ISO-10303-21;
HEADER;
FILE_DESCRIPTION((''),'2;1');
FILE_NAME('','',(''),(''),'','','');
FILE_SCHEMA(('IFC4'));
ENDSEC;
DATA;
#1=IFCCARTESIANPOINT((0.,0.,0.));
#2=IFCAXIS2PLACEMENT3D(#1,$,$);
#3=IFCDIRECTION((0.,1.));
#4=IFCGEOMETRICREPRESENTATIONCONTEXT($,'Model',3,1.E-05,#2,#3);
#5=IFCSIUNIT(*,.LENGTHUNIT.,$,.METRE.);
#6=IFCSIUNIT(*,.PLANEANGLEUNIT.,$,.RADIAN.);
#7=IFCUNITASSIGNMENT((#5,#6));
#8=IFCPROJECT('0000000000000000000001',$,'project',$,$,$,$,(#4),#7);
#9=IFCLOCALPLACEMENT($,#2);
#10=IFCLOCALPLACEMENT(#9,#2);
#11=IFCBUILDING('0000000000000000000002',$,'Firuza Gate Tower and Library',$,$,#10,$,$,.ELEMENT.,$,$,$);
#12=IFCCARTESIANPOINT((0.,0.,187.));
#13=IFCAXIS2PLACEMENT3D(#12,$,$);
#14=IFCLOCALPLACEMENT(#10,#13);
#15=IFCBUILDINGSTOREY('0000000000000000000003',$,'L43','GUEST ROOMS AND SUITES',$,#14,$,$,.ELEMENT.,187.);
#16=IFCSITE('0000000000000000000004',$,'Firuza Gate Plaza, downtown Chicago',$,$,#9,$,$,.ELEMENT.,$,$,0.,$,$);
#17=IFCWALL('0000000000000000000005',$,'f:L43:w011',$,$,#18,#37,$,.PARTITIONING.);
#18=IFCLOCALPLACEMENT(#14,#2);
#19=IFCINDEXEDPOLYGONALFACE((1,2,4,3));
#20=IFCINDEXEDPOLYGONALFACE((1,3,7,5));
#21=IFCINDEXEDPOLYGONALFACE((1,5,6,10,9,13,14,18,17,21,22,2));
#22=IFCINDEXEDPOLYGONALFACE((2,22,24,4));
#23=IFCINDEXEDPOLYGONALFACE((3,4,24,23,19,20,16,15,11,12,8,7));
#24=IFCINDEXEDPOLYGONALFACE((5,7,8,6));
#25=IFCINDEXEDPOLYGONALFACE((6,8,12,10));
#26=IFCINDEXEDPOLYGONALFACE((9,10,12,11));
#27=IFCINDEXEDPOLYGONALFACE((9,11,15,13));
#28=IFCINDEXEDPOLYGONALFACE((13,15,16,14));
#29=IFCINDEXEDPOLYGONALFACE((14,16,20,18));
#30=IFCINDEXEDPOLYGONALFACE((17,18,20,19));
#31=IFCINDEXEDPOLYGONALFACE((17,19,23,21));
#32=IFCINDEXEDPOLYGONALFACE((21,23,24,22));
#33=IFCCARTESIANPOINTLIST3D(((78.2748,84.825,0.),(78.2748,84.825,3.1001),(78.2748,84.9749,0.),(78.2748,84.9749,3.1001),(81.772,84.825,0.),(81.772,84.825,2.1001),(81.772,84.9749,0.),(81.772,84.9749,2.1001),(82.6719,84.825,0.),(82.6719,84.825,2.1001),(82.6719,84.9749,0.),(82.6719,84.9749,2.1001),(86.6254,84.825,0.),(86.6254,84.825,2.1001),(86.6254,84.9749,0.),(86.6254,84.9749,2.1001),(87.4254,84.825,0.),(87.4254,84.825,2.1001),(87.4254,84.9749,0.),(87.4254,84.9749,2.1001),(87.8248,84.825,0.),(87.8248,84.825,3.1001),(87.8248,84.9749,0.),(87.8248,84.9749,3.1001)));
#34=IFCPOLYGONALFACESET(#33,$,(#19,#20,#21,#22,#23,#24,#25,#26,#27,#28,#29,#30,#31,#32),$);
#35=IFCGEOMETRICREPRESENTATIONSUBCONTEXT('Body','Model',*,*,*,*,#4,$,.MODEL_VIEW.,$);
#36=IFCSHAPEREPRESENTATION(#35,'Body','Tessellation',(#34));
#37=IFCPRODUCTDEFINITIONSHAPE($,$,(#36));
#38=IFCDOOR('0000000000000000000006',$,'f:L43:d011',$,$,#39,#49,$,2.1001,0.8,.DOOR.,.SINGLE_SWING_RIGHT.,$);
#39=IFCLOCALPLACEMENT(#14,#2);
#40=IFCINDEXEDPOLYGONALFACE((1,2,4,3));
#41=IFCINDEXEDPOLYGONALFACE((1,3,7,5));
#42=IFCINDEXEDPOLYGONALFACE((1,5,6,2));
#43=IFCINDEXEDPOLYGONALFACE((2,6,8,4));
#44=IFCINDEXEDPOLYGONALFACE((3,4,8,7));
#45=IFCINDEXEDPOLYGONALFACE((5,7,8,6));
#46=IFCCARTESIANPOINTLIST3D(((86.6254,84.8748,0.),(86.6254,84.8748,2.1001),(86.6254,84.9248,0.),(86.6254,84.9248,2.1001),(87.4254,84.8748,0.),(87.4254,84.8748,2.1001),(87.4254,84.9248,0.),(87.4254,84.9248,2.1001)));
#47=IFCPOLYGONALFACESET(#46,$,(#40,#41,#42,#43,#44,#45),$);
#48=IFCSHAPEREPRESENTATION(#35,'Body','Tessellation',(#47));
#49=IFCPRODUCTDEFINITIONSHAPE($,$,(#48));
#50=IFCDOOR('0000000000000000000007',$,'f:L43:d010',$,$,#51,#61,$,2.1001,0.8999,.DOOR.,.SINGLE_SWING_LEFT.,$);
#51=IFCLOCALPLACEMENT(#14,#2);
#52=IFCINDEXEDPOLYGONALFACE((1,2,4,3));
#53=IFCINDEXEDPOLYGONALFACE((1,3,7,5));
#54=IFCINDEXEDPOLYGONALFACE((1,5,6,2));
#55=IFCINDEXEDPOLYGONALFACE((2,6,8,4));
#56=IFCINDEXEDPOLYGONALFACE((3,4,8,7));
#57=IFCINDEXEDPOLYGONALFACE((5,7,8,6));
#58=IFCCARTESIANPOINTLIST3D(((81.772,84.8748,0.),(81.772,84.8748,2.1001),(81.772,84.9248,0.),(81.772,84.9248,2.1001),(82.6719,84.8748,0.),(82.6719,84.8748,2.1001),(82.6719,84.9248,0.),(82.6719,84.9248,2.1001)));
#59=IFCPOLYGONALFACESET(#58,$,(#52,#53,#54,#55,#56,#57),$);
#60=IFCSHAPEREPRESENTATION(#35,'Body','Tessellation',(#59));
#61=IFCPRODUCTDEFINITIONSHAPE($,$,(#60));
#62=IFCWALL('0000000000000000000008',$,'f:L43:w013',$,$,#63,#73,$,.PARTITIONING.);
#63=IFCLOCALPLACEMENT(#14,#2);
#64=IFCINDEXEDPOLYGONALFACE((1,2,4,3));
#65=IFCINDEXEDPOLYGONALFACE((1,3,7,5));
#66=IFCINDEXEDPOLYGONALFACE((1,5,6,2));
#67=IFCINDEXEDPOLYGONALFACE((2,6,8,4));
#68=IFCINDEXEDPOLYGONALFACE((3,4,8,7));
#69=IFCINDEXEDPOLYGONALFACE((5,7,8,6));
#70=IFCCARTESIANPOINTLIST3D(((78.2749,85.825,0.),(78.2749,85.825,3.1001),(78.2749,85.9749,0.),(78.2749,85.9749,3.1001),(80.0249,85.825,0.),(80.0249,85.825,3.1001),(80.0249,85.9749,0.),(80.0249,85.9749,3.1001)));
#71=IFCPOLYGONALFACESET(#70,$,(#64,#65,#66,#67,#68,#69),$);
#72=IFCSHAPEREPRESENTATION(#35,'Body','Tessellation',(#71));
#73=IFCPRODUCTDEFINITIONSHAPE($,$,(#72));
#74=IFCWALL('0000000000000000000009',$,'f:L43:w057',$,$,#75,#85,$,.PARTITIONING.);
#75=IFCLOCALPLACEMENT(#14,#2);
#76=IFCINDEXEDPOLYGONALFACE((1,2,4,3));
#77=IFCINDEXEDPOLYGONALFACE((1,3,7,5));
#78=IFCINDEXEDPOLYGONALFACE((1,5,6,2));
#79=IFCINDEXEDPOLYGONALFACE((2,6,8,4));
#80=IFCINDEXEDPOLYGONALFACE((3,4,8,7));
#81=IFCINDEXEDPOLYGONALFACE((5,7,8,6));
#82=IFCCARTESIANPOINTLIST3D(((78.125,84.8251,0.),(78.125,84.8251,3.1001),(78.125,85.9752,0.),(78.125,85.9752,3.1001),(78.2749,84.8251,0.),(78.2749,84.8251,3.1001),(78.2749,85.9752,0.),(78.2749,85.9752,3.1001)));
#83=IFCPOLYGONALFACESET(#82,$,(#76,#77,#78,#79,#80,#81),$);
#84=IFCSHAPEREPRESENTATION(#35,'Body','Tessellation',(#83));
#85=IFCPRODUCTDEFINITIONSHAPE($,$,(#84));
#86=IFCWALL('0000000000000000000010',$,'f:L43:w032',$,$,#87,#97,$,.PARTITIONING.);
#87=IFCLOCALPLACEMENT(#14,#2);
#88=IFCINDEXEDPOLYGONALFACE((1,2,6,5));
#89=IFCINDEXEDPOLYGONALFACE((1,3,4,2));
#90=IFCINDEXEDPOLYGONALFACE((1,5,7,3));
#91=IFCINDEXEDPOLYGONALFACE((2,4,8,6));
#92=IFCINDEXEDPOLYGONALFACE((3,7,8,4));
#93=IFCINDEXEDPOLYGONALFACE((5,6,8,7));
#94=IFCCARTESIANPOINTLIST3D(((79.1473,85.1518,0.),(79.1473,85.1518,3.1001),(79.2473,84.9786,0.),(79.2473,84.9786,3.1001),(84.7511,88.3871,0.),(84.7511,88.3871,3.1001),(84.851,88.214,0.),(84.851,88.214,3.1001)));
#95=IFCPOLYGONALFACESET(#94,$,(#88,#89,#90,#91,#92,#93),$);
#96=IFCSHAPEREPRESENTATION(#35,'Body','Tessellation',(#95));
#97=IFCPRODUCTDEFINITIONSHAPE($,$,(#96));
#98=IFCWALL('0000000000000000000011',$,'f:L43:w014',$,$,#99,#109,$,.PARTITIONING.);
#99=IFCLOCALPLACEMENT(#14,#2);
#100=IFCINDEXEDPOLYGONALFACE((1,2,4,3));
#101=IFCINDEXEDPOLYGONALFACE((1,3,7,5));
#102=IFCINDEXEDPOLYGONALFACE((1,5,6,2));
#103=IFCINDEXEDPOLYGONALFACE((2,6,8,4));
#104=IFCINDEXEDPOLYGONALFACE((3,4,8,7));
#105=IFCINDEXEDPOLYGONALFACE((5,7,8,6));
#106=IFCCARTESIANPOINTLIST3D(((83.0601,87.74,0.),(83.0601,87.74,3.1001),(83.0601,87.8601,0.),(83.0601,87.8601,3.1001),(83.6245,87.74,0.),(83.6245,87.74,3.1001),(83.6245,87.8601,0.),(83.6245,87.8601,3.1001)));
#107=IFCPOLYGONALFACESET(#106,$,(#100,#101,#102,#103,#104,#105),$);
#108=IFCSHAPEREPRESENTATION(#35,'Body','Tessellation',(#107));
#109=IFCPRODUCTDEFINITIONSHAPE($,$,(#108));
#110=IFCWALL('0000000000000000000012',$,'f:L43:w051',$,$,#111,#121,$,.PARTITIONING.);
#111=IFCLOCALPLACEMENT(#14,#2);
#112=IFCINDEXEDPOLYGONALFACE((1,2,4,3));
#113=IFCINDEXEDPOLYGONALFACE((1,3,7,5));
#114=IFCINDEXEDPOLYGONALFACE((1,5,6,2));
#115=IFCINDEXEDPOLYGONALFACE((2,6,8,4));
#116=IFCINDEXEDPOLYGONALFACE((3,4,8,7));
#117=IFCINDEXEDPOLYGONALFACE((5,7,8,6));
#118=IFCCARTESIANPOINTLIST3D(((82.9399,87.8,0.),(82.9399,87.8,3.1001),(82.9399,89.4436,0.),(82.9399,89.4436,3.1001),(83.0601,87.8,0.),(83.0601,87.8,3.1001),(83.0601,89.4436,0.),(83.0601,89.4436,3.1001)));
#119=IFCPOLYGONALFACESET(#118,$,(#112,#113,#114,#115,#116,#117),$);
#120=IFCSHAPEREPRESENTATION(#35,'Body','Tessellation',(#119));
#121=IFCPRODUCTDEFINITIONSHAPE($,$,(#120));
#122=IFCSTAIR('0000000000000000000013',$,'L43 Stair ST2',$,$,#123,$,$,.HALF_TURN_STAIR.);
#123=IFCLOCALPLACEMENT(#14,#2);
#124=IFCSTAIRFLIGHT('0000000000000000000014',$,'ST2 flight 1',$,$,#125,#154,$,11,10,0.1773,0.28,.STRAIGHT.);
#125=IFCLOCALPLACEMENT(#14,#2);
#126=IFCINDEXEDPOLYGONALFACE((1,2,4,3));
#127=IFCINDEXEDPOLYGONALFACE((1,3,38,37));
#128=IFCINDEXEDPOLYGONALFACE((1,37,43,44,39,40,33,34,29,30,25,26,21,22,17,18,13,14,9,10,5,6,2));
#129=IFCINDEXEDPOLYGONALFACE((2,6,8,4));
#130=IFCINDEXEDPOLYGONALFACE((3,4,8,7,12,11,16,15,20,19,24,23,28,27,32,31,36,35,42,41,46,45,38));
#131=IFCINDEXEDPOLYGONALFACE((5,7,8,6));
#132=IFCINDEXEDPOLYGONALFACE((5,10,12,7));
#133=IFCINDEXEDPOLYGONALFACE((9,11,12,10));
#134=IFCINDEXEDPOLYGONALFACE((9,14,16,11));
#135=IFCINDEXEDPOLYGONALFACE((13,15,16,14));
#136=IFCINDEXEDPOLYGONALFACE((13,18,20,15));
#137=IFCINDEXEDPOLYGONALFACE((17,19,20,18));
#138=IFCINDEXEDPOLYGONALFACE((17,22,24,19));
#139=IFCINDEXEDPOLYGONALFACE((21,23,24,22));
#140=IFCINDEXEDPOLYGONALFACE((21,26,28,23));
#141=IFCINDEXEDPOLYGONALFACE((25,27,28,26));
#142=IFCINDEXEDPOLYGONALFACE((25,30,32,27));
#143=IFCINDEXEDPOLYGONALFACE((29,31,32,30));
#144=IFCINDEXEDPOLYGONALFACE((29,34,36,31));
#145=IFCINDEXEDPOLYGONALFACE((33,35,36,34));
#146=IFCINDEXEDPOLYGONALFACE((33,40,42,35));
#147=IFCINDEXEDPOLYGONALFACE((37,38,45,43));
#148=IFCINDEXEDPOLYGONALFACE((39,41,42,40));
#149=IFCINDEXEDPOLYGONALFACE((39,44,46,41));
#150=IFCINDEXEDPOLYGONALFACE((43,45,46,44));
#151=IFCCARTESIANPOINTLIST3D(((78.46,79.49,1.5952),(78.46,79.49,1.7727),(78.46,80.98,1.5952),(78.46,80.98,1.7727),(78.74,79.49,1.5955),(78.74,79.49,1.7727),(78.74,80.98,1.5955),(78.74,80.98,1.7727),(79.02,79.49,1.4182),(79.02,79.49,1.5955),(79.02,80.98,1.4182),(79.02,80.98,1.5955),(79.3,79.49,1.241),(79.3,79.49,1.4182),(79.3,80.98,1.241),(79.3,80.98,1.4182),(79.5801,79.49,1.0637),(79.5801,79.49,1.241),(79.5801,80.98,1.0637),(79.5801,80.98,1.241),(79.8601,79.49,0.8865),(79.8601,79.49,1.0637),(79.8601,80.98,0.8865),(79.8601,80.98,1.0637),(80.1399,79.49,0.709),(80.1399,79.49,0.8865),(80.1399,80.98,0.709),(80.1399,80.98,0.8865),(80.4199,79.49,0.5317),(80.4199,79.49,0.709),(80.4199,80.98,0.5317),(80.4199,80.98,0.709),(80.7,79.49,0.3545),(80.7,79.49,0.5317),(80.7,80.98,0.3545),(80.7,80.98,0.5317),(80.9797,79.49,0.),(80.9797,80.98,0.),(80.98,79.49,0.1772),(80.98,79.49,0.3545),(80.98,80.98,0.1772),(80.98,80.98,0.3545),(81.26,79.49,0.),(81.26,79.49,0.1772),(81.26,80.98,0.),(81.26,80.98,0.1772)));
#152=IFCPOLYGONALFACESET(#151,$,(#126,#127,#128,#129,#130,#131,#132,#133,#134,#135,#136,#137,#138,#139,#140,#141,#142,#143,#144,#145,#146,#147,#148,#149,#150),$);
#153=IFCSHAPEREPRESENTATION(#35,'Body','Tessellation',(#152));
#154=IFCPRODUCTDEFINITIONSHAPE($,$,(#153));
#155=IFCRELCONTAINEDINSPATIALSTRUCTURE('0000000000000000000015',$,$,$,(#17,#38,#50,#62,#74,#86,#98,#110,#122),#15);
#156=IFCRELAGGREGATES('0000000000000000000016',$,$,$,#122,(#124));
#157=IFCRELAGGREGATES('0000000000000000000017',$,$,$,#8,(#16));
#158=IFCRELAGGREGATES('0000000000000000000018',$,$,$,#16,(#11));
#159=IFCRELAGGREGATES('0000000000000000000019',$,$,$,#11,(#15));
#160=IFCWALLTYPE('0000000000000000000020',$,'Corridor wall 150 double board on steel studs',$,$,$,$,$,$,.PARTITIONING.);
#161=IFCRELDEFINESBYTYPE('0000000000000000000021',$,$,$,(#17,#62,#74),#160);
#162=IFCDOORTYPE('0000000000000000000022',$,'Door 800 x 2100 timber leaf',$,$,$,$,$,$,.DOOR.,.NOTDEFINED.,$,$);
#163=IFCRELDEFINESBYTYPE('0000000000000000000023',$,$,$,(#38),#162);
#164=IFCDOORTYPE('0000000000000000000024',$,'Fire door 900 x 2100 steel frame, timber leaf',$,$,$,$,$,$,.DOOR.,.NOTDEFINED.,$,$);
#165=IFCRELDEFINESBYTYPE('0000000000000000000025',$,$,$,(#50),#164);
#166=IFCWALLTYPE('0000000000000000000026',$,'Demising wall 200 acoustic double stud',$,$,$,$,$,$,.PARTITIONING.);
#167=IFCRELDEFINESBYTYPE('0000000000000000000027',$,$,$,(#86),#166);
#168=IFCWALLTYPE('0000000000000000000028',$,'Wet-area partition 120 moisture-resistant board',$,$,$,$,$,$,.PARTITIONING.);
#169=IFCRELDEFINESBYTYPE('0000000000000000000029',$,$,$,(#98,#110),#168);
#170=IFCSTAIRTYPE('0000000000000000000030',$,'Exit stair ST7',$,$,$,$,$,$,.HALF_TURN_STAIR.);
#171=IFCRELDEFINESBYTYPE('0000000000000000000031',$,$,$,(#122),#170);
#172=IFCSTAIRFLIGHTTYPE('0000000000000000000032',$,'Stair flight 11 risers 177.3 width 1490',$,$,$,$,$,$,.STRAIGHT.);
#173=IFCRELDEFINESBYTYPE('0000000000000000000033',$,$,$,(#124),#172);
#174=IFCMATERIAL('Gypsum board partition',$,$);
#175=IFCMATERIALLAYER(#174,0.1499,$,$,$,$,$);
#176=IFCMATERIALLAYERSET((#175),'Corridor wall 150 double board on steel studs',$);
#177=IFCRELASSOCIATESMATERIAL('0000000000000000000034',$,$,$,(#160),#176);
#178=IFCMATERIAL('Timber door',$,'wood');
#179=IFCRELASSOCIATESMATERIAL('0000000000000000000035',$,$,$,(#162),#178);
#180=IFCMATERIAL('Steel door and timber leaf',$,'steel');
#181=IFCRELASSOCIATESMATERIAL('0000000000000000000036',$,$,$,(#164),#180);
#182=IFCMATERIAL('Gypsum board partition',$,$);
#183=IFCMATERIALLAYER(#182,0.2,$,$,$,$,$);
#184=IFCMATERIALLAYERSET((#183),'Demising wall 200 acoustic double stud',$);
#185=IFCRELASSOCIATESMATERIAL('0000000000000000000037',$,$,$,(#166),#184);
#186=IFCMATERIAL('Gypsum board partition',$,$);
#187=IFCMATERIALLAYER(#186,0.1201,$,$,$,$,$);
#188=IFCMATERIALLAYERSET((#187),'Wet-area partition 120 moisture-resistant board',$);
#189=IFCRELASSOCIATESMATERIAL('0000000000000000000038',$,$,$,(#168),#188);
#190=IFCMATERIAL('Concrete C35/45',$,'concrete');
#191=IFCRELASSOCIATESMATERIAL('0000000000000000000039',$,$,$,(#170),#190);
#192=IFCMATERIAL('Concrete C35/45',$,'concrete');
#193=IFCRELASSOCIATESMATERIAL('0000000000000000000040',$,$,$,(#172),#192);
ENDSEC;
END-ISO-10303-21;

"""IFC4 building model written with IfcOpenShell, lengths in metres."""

from ifc_helpers import new_model, si_unit, direction, frame, frame_2d, origin, place, context, subcontext, project, spatial, polyline, rectangle, outline, extrude, material, layer, layer_set, type_object, element, fill, aggregate, save


model = new_model("IFC4")

# Units and contexts
model_context = context("Model", 3, precision=1e-05, world=origin(), true_north=direction((0.0, 1.0)))
body_context = subcontext(model_context, "Body", "Model", "MODEL_VIEW")
ifc_project = project(units=[si_unit("LENGTHUNIT", "METRE"), si_unit("PLANEANGLEUNIT", "RADIAN")], contexts=[model_context])

# Site, building, storey
site_placement = place(None, origin())
site = spatial("IfcSite", under=ifc_project, at=site_placement, Name="Firuza Gate Plaza, downtown Chicago", CompositionType="ELEMENT", RefElevation=0.0)
building_placement = place(site_placement, origin())
building = spatial("IfcBuilding", under=site, at=building_placement, Name="Firuza Gate Tower and Library", CompositionType="ELEMENT")
storey_placement = place(building_placement, frame((0.0, 0.0, 187.0)))
storey = spatial("IfcBuildingStorey", under=building, at=storey_placement, Name="L43", Description="GUEST ROOMS AND SUITES", CompositionType="ELEMENT", Elevation=187.0)

# Wall, openings, doors
ifc_material_1 = material(Name="Gypsum board partition")
ifc_layer_1 = layer(ifc_material_1, 0.1499)
ifc_layer_set_1 = layer_set([ifc_layer_1], Name="Corridor wall 150 double board on steel studs")
wall_type_1 = type_object("IfcWallType", Name="Corridor wall 150 double board on steel studs", PredefinedType="PARTITIONING", material=ifc_layer_set_1)
wall_1_placement = place(storey_placement, frame((78.2749, 84.8999, 0.0), z_axis=(0.0, 0.0, 1.0), x_axis=(1.0, 0.0, 0.0)))
wall_1 = element("IfcWall", 1, at=wall_1_placement, inside=storey, type_object=wall_type_1, Name="f:L43:w011", PredefinedType="PARTITIONING", context=body_context, shape_type="SweptSolid", body=[
    extrude(rectangle(XDim=9.55, YDim=0.1499, at=frame_2d((4.7749, 0.0))), origin(), (0.0, 0.0, 1.0), 3.1001),
])
opening_1_placement = place(wall_1_placement, frame((3.4971, 0.0, 0.0)))
opening_1 = element("IfcOpeningElement", 2, at=opening_1_placement, cuts=wall_1, PredefinedType="OPENING", context=body_context, shape_type="SweptSolid", body=[
    extrude(rectangle(XDim=0.8999, YDim=2.1001, at=frame_2d((0.45, 1.05))), frame((0.0, 0.085, 0.0), z_axis=(0.0, -1.0, 0.0), x_axis=(1.0, 0.0, 0.0)), (0.0, 0.0, 1.0), 0.1699),
])
opening_2_placement = place(wall_1_placement, frame((8.3506, 0.0, 0.0)))
opening_2 = element("IfcOpeningElement", 3, at=opening_2_placement, cuts=wall_1, PredefinedType="OPENING", context=body_context, shape_type="SweptSolid", body=[
    extrude(rectangle(XDim=0.8, YDim=2.1001, at=frame_2d((0.3999, 1.05))), frame((0.0, 0.085, 0.0), z_axis=(0.0, -1.0, 0.0), x_axis=(1.0, 0.0, 0.0)), (0.0, 0.0, 1.0), 0.1699),
])
ifc_material_2 = material(Name="Timber door", Category="wood")
door_type_1 = type_object("IfcDoorType", Name="Door 800 x 2100 timber leaf", OperationType="NOTDEFINED", PredefinedType="DOOR", material=ifc_material_2)
door_1_placement = place(opening_2_placement, origin())
door_1 = element("IfcDoor", 4, at=door_1_placement, inside=storey, type_object=door_type_1, Name="f:L43:d011", OperationType="SINGLE_SWING_RIGHT", OverallHeight=2.1001, OverallWidth=0.8, PredefinedType="DOOR", context=body_context, shape_type="SweptSolid", body=[
    extrude(rectangle(XDim=0.8, YDim=2.1001, at=frame_2d((0.3999, 1.05))), frame((0.0, 0.0249, 0.0), z_axis=(0.0, -1.0, 0.0), x_axis=(1.0, 0.0, 0.0)), (0.0, 0.0, 1.0), 0.05),
])
fill(opening_2, door_1)
ifc_material_3 = material(Name="Steel door and timber leaf", Category="steel")
door_type_2 = type_object("IfcDoorType", Name="Fire door 900 x 2100 steel frame, timber leaf", OperationType="NOTDEFINED", PredefinedType="DOOR", material=ifc_material_3)
door_2_placement = place(opening_1_placement, origin())
door_2 = element("IfcDoor", 5, at=door_2_placement, inside=storey, type_object=door_type_2, Name="f:L43:d010", OperationType="SINGLE_SWING_LEFT", OverallHeight=2.1001, OverallWidth=0.8999, PredefinedType="DOOR", context=body_context, shape_type="SweptSolid", body=[
    extrude(rectangle(XDim=0.8999, YDim=2.1001, at=frame_2d((0.45, 1.05))), frame((0.0, 0.0249, 0.0), z_axis=(0.0, -1.0, 0.0), x_axis=(1.0, 0.0, 0.0)), (0.0, 0.0, 1.0), 0.05),
])
fill(opening_1, door_2)

# Walls
wall_2_placement = place(storey_placement, frame((78.2749, 85.8999, 0.0), z_axis=(0.0, 0.0, 1.0), x_axis=(1.0, 0.0, 0.0)))
element("IfcWall", 6, at=wall_2_placement, inside=storey, type_object=wall_type_1, Name="f:L43:w013", PredefinedType="PARTITIONING", context=body_context, shape_type="SweptSolid", body=[
    extrude(rectangle(XDim=1.75, YDim=0.1499, at=frame_2d((0.875, 0.0))), origin(), (0.0, 0.0, 1.0), 3.1001),
])
wall_3_placement = place(storey_placement, frame((78.2, 84.825, 0.0), z_axis=(0.0, 0.0, 1.0), x_axis=(0.0, 1.0, 0.0)))
element("IfcWall", 7, at=wall_3_placement, inside=storey, type_object=wall_type_1, Name="f:L43:w057", PredefinedType="PARTITIONING", context=body_context, shape_type="SweptSolid", body=[
    extrude(rectangle(XDim=1.1501, YDim=0.1499, at=frame_2d((0.5752, 0.0))), origin(), (0.0, 0.0, 1.0), 3.1001),
])
ifc_material_4 = material(Name="Gypsum board partition")
ifc_layer_2 = layer(ifc_material_4, 0.2)
ifc_layer_set_2 = layer_set([ifc_layer_2], Name="Demising wall 200 acoustic double stud")
wall_type_2 = type_object("IfcWallType", Name="Demising wall 200 acoustic double stud", PredefinedType="PARTITIONING", material=ifc_layer_set_2)
wall_4_placement = place(storey_placement, frame((79.1973, 85.0652, 0.0), z_axis=(0.0, 0.0, 1.0), x_axis=(0.866024, 0.500002, 0.0)))
element("IfcWall", 8, at=wall_4_placement, inside=storey, type_object=wall_type_2, Name="f:L43:w032", PredefinedType="PARTITIONING", context=body_context, shape_type="SweptSolid", body=[
    extrude(rectangle(XDim=6.4707, YDim=0.2, at=frame_2d((3.2354, 0.0))), origin(), (0.0, 0.0, 1.0), 3.1001),
])
ifc_material_5 = material(Name="Gypsum board partition")
ifc_layer_3 = layer(ifc_material_5, 0.1201)
ifc_layer_set_3 = layer_set([ifc_layer_3], Name="Wet-area partition 120 moisture-resistant board")
wall_type_3 = type_object("IfcWallType", Name="Wet-area partition 120 moisture-resistant board", PredefinedType="PARTITIONING", material=ifc_layer_set_3)
wall_5_placement = place(storey_placement, frame((83.0601, 87.8, 0.0), z_axis=(0.0, 0.0, 1.0), x_axis=(1.0, 0.0, 0.0)))
element("IfcWall", 9, at=wall_5_placement, inside=storey, type_object=wall_type_3, Name="f:L43:w014", PredefinedType="PARTITIONING", context=body_context, shape_type="SweptSolid", body=[
    extrude(rectangle(XDim=0.5645, YDim=0.1201, at=frame_2d((0.2822, 0.0))), origin(), (0.0, 0.0, 1.0), 3.1001),
])
wall_6_placement = place(storey_placement, frame((83.0, 87.8, 0.0), z_axis=(0.0, 0.0, 1.0), x_axis=(0.0, 1.0, 0.0)))
element("IfcWall", 10, at=wall_6_placement, inside=storey, type_object=wall_type_3, Name="f:L43:w051", PredefinedType="PARTITIONING", context=body_context, shape_type="SweptSolid", body=[
    extrude(rectangle(XDim=1.6436, YDim=0.1201, at=frame_2d((0.8218, 0.0))), origin(), (0.0, 0.0, 1.0), 3.1001),
])

# Stair, stair flight
ifc_material_6 = material(Name="Concrete C35/45", Category="concrete")
stair_type = type_object("IfcStairType", Name="Exit stair ST7", PredefinedType="HALF_TURN_STAIR", material=ifc_material_6)
stair_placement = place(storey_placement, origin())
stair = element("IfcStair", 11, at=stair_placement, inside=storey, type_object=stair_type, Name="L43 Stair ST2", PredefinedType="HALF_TURN_STAIR")
ifc_material_7 = material(Name="Concrete C35/45", Category="concrete")
stair_flight_type = type_object("IfcStairFlightType", Name="Stair flight 11 risers 177.3 width 1490", PredefinedType="STRAIGHT", material=ifc_material_7)
stair_flight_1_placement = place(storey_placement, frame((81.26, 80.2351, 0.0), z_axis=(0.0, 0.0, 1.0), x_axis=(-1.0, 0.0, 0.0)))
stair_flight_1 = element("IfcStairFlight", 12, at=stair_flight_1_placement, type_object=stair_flight_type, Name="ST2 flight 1", NumberOfRisers=11, NumberOfTreads=10, PredefinedType="STRAIGHT", RiserHeight=0.1773, TreadLength=0.28, context=body_context, shape_type="SweptSolid", body=[
    extrude(outline(polyline([(0.0, 0.0), (0.0, 0.1772), (0.28, 0.1772), (0.28, 0.3545), (0.5601, 0.3545), (0.5601, 0.5317), (0.8401, 0.5317), (0.8401, 0.709), (1.1201, 0.709), (1.1201, 0.8865), (1.3999, 0.8865), (1.3999, 1.0637), (1.6799, 1.0637), (1.6799, 1.241), (1.96, 1.241), (1.96, 1.4182), (2.24, 1.4182), (2.24, 1.5955), (2.52, 1.5955), (2.52, 1.7727), (2.8, 1.7727), (2.8, 1.95), (2.8, 1.5952), (0.2803, 0.0), (0.0, 0.0)])), frame((0.0, 0.7451, 0.0), z_axis=(0.0, -1.0, 0.0), x_axis=(1.0, 0.0, 0.0)), (0.0, 0.0, 1.0), 1.49),
])
aggregate(stair, [stair_flight_1])

save(model, "model.ifc")
